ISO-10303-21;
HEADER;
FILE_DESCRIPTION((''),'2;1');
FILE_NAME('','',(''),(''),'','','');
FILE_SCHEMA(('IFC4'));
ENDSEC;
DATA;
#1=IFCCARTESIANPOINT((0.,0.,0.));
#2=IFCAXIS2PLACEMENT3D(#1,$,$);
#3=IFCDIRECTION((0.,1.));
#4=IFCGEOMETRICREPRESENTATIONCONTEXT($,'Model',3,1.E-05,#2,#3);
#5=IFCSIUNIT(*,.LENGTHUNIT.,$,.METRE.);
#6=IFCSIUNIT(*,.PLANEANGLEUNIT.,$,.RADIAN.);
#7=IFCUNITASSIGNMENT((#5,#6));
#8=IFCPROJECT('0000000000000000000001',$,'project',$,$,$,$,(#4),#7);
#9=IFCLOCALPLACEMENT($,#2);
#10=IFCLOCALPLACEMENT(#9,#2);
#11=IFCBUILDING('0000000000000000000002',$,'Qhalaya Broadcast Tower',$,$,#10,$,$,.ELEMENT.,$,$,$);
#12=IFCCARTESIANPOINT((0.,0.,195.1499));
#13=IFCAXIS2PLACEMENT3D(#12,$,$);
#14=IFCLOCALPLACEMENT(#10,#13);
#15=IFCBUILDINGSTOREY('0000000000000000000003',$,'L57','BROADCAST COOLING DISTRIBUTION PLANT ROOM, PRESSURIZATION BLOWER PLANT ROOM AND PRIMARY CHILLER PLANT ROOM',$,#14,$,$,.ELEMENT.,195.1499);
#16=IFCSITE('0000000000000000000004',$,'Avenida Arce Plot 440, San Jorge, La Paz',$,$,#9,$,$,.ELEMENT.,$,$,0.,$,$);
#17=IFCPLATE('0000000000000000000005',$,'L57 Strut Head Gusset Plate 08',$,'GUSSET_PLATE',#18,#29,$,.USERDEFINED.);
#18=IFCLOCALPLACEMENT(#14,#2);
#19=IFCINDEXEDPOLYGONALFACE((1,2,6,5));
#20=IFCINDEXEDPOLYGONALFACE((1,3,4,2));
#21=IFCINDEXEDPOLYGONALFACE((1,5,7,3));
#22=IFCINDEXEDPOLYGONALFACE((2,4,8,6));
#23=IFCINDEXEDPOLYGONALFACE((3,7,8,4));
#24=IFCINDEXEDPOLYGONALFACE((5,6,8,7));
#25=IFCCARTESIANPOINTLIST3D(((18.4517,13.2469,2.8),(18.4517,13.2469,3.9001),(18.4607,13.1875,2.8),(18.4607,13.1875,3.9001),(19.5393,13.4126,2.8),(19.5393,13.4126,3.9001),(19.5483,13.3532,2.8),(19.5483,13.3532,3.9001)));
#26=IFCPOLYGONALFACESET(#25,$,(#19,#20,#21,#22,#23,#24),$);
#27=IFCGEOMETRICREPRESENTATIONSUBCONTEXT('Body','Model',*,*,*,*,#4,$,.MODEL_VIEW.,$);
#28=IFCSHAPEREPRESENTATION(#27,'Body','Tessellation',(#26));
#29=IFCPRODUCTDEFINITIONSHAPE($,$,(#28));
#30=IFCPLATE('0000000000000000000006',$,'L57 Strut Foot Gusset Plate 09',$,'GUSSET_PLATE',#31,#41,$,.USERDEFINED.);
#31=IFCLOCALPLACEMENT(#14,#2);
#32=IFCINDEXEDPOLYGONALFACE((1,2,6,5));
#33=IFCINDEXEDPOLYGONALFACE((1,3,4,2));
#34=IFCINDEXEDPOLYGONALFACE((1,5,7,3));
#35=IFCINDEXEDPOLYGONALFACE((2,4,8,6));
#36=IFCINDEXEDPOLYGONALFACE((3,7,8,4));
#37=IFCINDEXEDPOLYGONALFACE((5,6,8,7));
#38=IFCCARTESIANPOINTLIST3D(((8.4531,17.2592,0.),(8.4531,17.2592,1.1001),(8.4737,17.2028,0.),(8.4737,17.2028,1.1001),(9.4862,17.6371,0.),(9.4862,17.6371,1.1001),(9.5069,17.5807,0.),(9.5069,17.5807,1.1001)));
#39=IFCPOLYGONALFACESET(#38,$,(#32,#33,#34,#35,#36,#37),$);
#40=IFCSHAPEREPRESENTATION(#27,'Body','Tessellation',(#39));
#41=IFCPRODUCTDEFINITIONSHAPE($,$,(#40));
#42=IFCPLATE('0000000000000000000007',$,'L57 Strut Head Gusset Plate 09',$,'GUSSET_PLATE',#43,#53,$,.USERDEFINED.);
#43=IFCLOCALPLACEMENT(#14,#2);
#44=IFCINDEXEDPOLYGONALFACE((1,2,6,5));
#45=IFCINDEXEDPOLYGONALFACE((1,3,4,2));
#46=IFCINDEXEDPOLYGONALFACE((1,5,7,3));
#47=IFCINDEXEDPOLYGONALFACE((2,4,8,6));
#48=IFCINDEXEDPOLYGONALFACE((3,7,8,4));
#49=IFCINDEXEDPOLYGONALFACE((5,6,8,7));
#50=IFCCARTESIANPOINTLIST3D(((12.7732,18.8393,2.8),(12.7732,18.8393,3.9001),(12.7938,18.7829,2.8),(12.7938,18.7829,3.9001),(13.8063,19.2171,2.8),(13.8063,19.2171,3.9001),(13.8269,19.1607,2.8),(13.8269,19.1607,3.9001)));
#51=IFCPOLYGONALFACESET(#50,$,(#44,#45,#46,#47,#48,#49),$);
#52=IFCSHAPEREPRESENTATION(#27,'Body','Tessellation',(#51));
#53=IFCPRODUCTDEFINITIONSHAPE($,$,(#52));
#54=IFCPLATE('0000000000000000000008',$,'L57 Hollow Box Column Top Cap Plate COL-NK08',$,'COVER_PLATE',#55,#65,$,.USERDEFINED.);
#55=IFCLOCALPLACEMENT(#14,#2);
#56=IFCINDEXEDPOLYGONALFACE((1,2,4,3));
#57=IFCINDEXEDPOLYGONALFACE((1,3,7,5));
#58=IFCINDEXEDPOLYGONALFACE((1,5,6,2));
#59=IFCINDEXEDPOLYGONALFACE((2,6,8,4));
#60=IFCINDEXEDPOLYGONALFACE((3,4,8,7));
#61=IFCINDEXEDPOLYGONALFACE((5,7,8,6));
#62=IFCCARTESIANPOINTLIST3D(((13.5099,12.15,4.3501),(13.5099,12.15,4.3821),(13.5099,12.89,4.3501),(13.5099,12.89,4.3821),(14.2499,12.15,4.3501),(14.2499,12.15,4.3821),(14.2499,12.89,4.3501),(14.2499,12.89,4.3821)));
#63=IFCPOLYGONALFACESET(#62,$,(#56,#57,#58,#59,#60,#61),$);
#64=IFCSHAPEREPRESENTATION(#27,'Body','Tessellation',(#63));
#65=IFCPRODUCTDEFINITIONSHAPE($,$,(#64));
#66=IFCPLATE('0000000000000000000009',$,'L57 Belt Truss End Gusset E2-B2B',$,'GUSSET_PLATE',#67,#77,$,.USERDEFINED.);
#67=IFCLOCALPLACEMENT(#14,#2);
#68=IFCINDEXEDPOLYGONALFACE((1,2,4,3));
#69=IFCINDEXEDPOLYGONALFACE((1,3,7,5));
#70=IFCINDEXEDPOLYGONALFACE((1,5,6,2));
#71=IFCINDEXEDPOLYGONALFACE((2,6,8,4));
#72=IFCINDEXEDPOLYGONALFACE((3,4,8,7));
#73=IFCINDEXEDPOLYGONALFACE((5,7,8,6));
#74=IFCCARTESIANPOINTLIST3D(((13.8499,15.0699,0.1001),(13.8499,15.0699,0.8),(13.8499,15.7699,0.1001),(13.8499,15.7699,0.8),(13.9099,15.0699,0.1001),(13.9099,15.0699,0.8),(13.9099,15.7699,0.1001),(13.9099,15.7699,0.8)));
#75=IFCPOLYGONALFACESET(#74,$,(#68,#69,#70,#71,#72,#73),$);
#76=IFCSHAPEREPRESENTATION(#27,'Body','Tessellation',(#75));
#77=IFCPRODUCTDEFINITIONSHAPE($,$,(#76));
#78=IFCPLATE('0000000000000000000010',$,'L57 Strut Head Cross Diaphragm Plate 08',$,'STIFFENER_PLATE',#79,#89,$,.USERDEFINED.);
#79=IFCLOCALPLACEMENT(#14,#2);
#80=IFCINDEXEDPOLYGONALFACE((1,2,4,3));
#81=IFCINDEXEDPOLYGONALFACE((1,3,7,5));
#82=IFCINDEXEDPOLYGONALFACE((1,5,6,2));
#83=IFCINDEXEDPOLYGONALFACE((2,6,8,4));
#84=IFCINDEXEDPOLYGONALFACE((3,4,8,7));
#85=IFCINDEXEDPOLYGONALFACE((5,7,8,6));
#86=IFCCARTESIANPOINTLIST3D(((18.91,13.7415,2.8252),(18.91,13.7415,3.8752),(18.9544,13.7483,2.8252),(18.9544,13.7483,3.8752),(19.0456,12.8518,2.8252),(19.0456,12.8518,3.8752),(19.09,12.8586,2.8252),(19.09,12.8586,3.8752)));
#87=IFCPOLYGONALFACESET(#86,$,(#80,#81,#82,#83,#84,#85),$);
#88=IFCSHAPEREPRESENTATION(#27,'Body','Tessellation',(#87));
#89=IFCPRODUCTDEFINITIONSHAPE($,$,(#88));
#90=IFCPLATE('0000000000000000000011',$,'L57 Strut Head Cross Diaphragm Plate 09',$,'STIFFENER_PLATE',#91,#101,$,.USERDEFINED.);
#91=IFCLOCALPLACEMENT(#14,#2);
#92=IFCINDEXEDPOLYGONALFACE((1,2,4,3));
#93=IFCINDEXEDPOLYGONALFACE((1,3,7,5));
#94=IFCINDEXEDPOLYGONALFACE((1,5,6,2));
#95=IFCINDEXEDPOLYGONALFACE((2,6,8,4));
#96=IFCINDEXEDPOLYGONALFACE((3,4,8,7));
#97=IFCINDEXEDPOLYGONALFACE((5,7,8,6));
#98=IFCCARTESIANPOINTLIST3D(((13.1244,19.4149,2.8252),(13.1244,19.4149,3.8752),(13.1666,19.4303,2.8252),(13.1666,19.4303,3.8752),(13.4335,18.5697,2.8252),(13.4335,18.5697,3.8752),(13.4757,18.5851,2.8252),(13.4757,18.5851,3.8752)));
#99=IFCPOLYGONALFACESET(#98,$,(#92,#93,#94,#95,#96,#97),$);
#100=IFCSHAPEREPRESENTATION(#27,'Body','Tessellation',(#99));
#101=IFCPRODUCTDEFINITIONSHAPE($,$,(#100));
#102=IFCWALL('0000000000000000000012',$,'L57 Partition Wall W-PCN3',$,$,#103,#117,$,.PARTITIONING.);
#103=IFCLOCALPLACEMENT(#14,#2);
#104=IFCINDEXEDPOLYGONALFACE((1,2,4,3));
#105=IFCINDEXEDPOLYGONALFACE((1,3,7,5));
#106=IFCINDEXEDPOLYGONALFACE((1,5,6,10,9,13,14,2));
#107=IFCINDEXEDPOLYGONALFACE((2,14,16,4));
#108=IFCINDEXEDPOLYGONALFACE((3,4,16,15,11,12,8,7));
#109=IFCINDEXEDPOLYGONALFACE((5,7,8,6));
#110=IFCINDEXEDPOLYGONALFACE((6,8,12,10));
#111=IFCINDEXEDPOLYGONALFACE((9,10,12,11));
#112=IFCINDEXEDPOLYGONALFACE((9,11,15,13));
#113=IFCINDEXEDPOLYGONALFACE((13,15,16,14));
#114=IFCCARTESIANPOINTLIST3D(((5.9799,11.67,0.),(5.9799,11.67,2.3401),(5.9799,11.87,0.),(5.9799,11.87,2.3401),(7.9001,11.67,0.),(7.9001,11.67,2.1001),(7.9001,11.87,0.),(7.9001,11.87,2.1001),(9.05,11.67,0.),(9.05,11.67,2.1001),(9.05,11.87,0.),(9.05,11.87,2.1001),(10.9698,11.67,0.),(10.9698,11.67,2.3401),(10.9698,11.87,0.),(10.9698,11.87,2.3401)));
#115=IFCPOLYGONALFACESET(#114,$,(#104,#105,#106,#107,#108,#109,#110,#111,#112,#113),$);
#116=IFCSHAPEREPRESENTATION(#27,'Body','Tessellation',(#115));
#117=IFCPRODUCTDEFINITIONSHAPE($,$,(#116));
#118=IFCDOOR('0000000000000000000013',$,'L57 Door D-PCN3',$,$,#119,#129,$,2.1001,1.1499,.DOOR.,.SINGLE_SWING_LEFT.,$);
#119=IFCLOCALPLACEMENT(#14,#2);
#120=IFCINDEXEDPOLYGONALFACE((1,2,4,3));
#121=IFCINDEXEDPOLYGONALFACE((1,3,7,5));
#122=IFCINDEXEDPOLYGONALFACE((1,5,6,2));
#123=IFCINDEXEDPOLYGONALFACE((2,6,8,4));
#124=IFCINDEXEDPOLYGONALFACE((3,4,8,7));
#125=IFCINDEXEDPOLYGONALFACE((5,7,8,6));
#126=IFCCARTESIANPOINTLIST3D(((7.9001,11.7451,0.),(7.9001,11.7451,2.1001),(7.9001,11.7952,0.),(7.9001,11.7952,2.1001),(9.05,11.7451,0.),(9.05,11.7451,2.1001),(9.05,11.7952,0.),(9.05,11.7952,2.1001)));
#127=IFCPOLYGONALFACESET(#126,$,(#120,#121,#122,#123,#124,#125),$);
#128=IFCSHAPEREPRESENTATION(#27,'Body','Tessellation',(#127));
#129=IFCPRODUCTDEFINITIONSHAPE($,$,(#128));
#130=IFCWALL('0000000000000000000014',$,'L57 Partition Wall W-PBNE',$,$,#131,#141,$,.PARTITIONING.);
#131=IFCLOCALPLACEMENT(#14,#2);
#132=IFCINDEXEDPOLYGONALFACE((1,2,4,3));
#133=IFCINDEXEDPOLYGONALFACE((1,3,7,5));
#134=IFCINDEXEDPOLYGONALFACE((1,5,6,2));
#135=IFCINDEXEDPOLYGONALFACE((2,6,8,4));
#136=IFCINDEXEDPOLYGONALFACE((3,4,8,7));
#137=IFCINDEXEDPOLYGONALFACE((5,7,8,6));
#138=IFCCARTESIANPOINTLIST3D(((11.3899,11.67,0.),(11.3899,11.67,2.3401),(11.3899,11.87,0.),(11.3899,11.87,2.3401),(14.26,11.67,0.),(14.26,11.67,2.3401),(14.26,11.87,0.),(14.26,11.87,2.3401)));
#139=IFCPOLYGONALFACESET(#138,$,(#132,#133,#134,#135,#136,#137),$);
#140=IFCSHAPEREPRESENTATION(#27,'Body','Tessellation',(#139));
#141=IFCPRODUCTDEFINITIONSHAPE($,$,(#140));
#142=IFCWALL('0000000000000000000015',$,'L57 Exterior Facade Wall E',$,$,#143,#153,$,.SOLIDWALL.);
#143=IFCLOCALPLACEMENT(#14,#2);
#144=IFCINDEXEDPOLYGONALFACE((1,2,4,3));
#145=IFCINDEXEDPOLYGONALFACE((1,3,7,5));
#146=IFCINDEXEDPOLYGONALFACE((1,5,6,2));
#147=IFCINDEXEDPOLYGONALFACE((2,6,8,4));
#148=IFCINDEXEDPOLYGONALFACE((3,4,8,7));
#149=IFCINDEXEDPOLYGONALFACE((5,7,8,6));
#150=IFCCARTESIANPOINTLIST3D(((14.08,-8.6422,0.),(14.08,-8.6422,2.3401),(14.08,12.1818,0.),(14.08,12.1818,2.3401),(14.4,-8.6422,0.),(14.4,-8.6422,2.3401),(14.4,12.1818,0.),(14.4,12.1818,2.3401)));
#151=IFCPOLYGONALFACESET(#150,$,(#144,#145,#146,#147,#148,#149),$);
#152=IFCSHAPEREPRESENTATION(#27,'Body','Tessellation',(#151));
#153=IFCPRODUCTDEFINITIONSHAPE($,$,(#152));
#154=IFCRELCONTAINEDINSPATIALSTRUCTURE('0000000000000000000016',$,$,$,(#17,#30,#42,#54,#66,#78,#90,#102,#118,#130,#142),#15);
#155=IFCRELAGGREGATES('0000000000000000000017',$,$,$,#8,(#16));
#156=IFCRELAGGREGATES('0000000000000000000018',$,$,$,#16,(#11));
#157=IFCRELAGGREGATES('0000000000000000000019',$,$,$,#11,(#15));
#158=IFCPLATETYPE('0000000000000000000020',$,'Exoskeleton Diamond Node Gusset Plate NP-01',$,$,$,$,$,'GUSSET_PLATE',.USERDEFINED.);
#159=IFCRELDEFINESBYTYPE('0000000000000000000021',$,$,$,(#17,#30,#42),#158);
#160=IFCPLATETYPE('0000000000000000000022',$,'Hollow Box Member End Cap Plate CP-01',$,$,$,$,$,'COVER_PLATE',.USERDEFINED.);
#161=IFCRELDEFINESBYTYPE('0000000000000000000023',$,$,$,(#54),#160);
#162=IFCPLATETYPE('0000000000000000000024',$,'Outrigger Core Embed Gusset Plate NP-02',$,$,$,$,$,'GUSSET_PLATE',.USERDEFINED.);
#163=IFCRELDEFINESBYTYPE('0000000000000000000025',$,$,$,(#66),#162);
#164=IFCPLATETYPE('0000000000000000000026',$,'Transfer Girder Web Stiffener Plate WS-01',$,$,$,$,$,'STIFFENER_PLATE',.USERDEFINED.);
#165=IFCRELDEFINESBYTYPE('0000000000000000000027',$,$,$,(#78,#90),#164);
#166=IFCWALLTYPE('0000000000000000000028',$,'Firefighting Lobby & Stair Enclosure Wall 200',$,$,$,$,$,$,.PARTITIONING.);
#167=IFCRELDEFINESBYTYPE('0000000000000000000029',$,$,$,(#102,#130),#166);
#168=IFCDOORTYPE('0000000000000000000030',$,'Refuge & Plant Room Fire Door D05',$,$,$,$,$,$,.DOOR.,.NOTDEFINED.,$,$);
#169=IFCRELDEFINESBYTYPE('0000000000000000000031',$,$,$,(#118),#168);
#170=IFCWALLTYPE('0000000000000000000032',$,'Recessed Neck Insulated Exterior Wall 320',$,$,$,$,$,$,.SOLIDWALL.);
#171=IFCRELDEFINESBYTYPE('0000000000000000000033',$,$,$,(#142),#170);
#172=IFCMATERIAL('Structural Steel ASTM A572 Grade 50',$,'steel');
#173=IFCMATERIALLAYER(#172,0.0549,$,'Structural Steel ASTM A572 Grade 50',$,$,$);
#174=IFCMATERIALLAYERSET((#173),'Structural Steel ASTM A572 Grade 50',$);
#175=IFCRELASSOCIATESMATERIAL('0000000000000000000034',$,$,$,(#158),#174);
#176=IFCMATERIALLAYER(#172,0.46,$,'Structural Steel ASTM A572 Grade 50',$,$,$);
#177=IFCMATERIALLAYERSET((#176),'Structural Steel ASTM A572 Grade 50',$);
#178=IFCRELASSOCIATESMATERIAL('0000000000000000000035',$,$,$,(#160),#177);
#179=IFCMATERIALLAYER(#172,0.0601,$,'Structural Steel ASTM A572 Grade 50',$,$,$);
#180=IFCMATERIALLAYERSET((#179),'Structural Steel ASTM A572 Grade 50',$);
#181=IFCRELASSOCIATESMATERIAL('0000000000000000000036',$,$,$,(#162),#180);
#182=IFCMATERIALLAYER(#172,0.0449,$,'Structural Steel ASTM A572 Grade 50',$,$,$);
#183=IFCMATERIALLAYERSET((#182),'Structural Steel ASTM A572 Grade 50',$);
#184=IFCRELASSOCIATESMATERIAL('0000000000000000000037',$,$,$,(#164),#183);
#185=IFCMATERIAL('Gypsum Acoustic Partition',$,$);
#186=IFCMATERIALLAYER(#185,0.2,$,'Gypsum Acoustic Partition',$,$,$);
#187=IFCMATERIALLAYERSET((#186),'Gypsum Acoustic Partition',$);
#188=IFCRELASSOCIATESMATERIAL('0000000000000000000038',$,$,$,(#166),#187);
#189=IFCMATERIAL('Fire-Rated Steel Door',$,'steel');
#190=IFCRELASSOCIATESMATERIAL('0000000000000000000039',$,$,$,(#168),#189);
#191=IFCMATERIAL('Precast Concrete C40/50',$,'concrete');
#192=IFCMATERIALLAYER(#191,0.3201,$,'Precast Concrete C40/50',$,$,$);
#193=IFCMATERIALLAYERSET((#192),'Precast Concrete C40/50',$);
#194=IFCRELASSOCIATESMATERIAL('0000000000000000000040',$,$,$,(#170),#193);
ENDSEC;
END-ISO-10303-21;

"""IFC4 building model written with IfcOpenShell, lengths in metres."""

from ifc_helpers import new_model, si_unit, direction, frame, frame_2d, origin, origin_2d, place, context, subcontext, project, spatial, rectangle, extrude, material, layer, layer_set, type_object, element, fill, save


model = new_model("IFC4")

# Units and contexts
model_context = context("Model", 3, precision=1e-05, world=origin(), true_north=direction((0.0, 1.0)))
body_context = subcontext(model_context, "Body", "Model", "MODEL_VIEW")
ifc_project = project(units=[si_unit("LENGTHUNIT", "METRE"), si_unit("PLANEANGLEUNIT", "RADIAN")], contexts=[model_context])

# Site, building, storey
site_placement = place(None, origin())
site = spatial("IfcSite", under=ifc_project, at=site_placement, Name="Avenida Arce Plot 440, San Jorge, La Paz", CompositionType="ELEMENT", RefElevation=0.0)
building_placement = place(site_placement, origin())
building = spatial("IfcBuilding", under=site, at=building_placement, Name="Qhalaya Broadcast Tower", CompositionType="ELEMENT")
storey_placement = place(building_placement, frame((0.0, 0.0, 195.1499)))
storey = spatial("IfcBuildingStorey", under=building, at=storey_placement, Name="L57", Description="BROADCAST COOLING DISTRIBUTION PLANT ROOM, PRESSURIZATION BLOWER PLANT ROOM AND PRIMARY CHILLER PLANT ROOM", CompositionType="ELEMENT", Elevation=195.1499)

# Shared definitions
ifc_material_1 = material(Name="Structural Steel ASTM A572 Grade 50", Category="steel")

# Plates
ifc_layer_1 = layer(ifc_material_1, 0.0549, Name="Structural Steel ASTM A572 Grade 50")
ifc_layer_set_1 = layer_set([ifc_layer_1], Name="Structural Steel ASTM A572 Grade 50")
plate_type_1 = type_object("IfcPlateType", Name="Exoskeleton Diamond Node Gusset Plate NP-01", ElementType="GUSSET_PLATE", PredefinedType="USERDEFINED", material=ifc_layer_set_1)
for number, where, z_axis, x_axis, name in (
    (1, (19.0, 13.3, 2.8), (0.0, 0.0, 1.0), (0.988594, 0.150605, 0.0), "L57 Strut Head Gusset Plate 08"),
    (2, (8.98, 17.4199, 0.0), (0.0, 0.0, 1.0), (0.939154, 0.343496, 0.0), "L57 Strut Foot Gusset Plate 09"),
    (3, (13.3, 19.0, 2.8), (0.0, 0.0, 1.0), (0.939154, 0.343496, 0.0), "L57 Strut Head Gusset Plate 09"),
):
    element("IfcPlate", number, at=place(storey_placement, frame(where, z_axis=z_axis, x_axis=x_axis)), inside=storey, type_object=plate_type_1, Name=name, ObjectType="GUSSET_PLATE", PredefinedType="USERDEFINED", context=body_context, shape_type="SweptSolid", body=[
        extrude(rectangle(XDim=1.1001, YDim=0.0601, at=origin_2d()), origin(), (0.0, 0.0, 1.0), 1.1001),
    ])
ifc_layer_2 = layer(ifc_material_1, 0.46, Name="Structural Steel ASTM A572 Grade 50")
ifc_layer_set_2 = layer_set([ifc_layer_2], Name="Structural Steel ASTM A572 Grade 50")
plate_type_2 = type_object("IfcPlateType", Name="Hollow Box Member End Cap Plate CP-01", ElementType="COVER_PLATE", PredefinedType="USERDEFINED", material=ifc_layer_set_2)
plate_1_placement = place(storey_placement, frame((13.8799, 12.52, 4.3501), z_axis=(0.0, 0.0, 1.0), x_axis=(0.0, 1.0, 0.0)))
element("IfcPlate", 4, at=plate_1_placement, inside=storey, type_object=plate_type_2, Name="L57 Hollow Box Column Top Cap Plate COL-NK08", ObjectType="COVER_PLATE", PredefinedType="USERDEFINED", context=body_context, shape_type="SweptSolid", body=[
    extrude(rectangle(XDim=0.74, YDim=0.74, at=origin_2d()), origin(), (0.0, 0.0, 1.0), 0.032),
])
ifc_layer_3 = layer(ifc_material_1, 0.0601, Name="Structural Steel ASTM A572 Grade 50")
ifc_layer_set_3 = layer_set([ifc_layer_3], Name="Structural Steel ASTM A572 Grade 50")
plate_type_3 = type_object("IfcPlateType", Name="Outrigger Core Embed Gusset Plate NP-02", ElementType="GUSSET_PLATE", PredefinedType="USERDEFINED", material=ifc_layer_set_3)
plate_2_placement = place(storey_placement, frame((13.8799, 15.4199, 0.1001), z_axis=(0.0, 0.0, 1.0), x_axis=(0.0, 1.0, 0.0)))
element("IfcPlate", 5, at=plate_2_placement, inside=storey, type_object=plate_type_3, Name="L57 Belt Truss End Gusset E2-B2B", ObjectType="GUSSET_PLATE", PredefinedType="USERDEFINED", context=body_context, shape_type="SweptSolid", body=[
    extrude(rectangle(XDim=0.7, YDim=0.0601, at=origin_2d()), origin(), (0.0, 0.0, 1.0), 0.7),
])
ifc_layer_4 = layer(ifc_material_1, 0.0449, Name="Structural Steel ASTM A572 Grade 50")
ifc_layer_set_4 = layer_set([ifc_layer_4], Name="Structural Steel ASTM A572 Grade 50")
plate_type_4 = type_object("IfcPlateType", Name="Transfer Girder Web Stiffener Plate WS-01", ElementType="STIFFENER_PLATE", PredefinedType="USERDEFINED", material=ifc_layer_set_4)
for number, where, z_axis, x_axis, name in (
    (6, (19.0, 13.3, 2.8252), (0.0, 0.0, 1.0), (-0.150605, 0.988594, 0.0), "L57 Strut Head Cross Diaphragm Plate 08"),
    (7, (13.3, 19.0, 2.8252), (0.0, 0.0, 1.0), (-0.343496, 0.939154, 0.0), "L57 Strut Head Cross Diaphragm Plate 09"),
):
    element("IfcPlate", number, at=place(storey_placement, frame(where, z_axis=z_axis, x_axis=x_axis)), inside=storey, type_object=plate_type_4, Name=name, ObjectType="STIFFENER_PLATE", PredefinedType="USERDEFINED", context=body_context, shape_type="SweptSolid", body=[
        extrude(rectangle(XDim=0.8999, YDim=0.0449, at=origin_2d()), origin(), (0.0, 0.0, 1.0), 1.05),
    ])

# Wall, opening, door
ifc_material_2 = material(Name="Gypsum Acoustic Partition")
ifc_layer_5 = layer(ifc_material_2, 0.2, Name="Gypsum Acoustic Partition")
ifc_layer_set_5 = layer_set([ifc_layer_5], Name="Gypsum Acoustic Partition")
wall_type_1 = type_object("IfcWallType", Name="Firefighting Lobby & Stair Enclosure Wall 200", PredefinedType="PARTITIONING", material=ifc_layer_set_5)
wall_1_placement = place(storey_placement, frame((10.97, 11.77, 0.0), z_axis=(0.0, 0.0, 1.0), x_axis=(-1.0, 0.0, 0.0)))
wall_1 = element("IfcWall", 8, at=wall_1_placement, inside=storey, type_object=wall_type_1, Name="L57 Partition Wall W-PCN3", PredefinedType="PARTITIONING", context=body_context, shape_type="SweptSolid", body=[
    extrude(rectangle(XDim=4.99, YDim=0.2, at=frame_2d((2.4951, 0.0))), origin(), (0.0, 0.0, 1.0), 2.3401),
])
opening_placement = place(wall_1_placement, frame((1.9199, 0.0, 0.0)))
opening = element("IfcOpeningElement", 9, at=opening_placement, cuts=wall_1, PredefinedType="OPENING", context=body_context, shape_type="SweptSolid", body=[
    extrude(rectangle(XDim=1.1499, YDim=2.1001, at=frame_2d((0.575, 1.05))), frame((0.0, 0.1121, 0.0), z_axis=(0.0, -1.0, 0.0), x_axis=(1.0, 0.0, 0.0)), (0.0, 0.0, 1.0), 0.2239),
])
ifc_material_3 = material(Name="Fire-Rated Steel Door", Category="steel")
door_type = type_object("IfcDoorType", Name="Refuge & Plant Room Fire Door D05", OperationType="NOTDEFINED", PredefinedType="DOOR", material=ifc_material_3)
door_placement = place(opening_placement, origin())
door = element("IfcDoor", 10, at=door_placement, inside=storey, type_object=door_type, Name="L57 Door D-PCN3", OperationType="SINGLE_SWING_LEFT", OverallHeight=2.1001, OverallWidth=1.1499, PredefinedType="DOOR", context=body_context, shape_type="SweptSolid", body=[
    extrude(rectangle(XDim=1.1499, YDim=2.1001, at=frame_2d((0.575, 1.05))), frame((0.0, 0.0249, 0.0), z_axis=(0.0, -1.0, 0.0), x_axis=(1.0, 0.0, 0.0)), (0.0, 0.0, 1.0), 0.05),
])
fill(opening, door)

# Walls
wall_2_placement = place(storey_placement, frame((11.3899, 11.77, 0.0), z_axis=(0.0, 0.0, 1.0), x_axis=(1.0, 0.0, 0.0)))
element("IfcWall", 11, at=wall_2_placement, inside=storey, type_object=wall_type_1, Name="L57 Partition Wall W-PBNE", PredefinedType="PARTITIONING", context=body_context, shape_type="SweptSolid", body=[
    extrude(rectangle(XDim=2.8701, YDim=0.2, at=frame_2d((1.4351, 0.0))), origin(), (0.0, 0.0, 1.0), 2.3401),
])
ifc_material_4 = material(Name="Precast Concrete C40/50", Category="concrete")
ifc_layer_6 = layer(ifc_material_4, 0.3201, Name="Precast Concrete C40/50")
ifc_layer_set_6 = layer_set([ifc_layer_6], Name="Precast Concrete C40/50")
wall_type_2 = type_object("IfcWallType", Name="Recessed Neck Insulated Exterior Wall 320", PredefinedType="SOLIDWALL", material=ifc_layer_set_6)
wall_3_placement = place(storey_placement, frame((14.24, 12.1819, 0.0), z_axis=(0.0, 0.0, 1.0), x_axis=(0.0, -1.0, 0.0)))
element("IfcWall", 12, at=wall_3_placement, inside=storey, type_object=wall_type_2, Name="L57 Exterior Facade Wall E", PredefinedType="SOLIDWALL", context=body_context, shape_type="SweptSolid", body=[
    extrude(rectangle(XDim=20.824, YDim=0.3201, at=frame_2d((10.4121, 0.0))), origin(), (0.0, 0.0, 1.0), 2.3401),
])

save(model, "model.ifc")
